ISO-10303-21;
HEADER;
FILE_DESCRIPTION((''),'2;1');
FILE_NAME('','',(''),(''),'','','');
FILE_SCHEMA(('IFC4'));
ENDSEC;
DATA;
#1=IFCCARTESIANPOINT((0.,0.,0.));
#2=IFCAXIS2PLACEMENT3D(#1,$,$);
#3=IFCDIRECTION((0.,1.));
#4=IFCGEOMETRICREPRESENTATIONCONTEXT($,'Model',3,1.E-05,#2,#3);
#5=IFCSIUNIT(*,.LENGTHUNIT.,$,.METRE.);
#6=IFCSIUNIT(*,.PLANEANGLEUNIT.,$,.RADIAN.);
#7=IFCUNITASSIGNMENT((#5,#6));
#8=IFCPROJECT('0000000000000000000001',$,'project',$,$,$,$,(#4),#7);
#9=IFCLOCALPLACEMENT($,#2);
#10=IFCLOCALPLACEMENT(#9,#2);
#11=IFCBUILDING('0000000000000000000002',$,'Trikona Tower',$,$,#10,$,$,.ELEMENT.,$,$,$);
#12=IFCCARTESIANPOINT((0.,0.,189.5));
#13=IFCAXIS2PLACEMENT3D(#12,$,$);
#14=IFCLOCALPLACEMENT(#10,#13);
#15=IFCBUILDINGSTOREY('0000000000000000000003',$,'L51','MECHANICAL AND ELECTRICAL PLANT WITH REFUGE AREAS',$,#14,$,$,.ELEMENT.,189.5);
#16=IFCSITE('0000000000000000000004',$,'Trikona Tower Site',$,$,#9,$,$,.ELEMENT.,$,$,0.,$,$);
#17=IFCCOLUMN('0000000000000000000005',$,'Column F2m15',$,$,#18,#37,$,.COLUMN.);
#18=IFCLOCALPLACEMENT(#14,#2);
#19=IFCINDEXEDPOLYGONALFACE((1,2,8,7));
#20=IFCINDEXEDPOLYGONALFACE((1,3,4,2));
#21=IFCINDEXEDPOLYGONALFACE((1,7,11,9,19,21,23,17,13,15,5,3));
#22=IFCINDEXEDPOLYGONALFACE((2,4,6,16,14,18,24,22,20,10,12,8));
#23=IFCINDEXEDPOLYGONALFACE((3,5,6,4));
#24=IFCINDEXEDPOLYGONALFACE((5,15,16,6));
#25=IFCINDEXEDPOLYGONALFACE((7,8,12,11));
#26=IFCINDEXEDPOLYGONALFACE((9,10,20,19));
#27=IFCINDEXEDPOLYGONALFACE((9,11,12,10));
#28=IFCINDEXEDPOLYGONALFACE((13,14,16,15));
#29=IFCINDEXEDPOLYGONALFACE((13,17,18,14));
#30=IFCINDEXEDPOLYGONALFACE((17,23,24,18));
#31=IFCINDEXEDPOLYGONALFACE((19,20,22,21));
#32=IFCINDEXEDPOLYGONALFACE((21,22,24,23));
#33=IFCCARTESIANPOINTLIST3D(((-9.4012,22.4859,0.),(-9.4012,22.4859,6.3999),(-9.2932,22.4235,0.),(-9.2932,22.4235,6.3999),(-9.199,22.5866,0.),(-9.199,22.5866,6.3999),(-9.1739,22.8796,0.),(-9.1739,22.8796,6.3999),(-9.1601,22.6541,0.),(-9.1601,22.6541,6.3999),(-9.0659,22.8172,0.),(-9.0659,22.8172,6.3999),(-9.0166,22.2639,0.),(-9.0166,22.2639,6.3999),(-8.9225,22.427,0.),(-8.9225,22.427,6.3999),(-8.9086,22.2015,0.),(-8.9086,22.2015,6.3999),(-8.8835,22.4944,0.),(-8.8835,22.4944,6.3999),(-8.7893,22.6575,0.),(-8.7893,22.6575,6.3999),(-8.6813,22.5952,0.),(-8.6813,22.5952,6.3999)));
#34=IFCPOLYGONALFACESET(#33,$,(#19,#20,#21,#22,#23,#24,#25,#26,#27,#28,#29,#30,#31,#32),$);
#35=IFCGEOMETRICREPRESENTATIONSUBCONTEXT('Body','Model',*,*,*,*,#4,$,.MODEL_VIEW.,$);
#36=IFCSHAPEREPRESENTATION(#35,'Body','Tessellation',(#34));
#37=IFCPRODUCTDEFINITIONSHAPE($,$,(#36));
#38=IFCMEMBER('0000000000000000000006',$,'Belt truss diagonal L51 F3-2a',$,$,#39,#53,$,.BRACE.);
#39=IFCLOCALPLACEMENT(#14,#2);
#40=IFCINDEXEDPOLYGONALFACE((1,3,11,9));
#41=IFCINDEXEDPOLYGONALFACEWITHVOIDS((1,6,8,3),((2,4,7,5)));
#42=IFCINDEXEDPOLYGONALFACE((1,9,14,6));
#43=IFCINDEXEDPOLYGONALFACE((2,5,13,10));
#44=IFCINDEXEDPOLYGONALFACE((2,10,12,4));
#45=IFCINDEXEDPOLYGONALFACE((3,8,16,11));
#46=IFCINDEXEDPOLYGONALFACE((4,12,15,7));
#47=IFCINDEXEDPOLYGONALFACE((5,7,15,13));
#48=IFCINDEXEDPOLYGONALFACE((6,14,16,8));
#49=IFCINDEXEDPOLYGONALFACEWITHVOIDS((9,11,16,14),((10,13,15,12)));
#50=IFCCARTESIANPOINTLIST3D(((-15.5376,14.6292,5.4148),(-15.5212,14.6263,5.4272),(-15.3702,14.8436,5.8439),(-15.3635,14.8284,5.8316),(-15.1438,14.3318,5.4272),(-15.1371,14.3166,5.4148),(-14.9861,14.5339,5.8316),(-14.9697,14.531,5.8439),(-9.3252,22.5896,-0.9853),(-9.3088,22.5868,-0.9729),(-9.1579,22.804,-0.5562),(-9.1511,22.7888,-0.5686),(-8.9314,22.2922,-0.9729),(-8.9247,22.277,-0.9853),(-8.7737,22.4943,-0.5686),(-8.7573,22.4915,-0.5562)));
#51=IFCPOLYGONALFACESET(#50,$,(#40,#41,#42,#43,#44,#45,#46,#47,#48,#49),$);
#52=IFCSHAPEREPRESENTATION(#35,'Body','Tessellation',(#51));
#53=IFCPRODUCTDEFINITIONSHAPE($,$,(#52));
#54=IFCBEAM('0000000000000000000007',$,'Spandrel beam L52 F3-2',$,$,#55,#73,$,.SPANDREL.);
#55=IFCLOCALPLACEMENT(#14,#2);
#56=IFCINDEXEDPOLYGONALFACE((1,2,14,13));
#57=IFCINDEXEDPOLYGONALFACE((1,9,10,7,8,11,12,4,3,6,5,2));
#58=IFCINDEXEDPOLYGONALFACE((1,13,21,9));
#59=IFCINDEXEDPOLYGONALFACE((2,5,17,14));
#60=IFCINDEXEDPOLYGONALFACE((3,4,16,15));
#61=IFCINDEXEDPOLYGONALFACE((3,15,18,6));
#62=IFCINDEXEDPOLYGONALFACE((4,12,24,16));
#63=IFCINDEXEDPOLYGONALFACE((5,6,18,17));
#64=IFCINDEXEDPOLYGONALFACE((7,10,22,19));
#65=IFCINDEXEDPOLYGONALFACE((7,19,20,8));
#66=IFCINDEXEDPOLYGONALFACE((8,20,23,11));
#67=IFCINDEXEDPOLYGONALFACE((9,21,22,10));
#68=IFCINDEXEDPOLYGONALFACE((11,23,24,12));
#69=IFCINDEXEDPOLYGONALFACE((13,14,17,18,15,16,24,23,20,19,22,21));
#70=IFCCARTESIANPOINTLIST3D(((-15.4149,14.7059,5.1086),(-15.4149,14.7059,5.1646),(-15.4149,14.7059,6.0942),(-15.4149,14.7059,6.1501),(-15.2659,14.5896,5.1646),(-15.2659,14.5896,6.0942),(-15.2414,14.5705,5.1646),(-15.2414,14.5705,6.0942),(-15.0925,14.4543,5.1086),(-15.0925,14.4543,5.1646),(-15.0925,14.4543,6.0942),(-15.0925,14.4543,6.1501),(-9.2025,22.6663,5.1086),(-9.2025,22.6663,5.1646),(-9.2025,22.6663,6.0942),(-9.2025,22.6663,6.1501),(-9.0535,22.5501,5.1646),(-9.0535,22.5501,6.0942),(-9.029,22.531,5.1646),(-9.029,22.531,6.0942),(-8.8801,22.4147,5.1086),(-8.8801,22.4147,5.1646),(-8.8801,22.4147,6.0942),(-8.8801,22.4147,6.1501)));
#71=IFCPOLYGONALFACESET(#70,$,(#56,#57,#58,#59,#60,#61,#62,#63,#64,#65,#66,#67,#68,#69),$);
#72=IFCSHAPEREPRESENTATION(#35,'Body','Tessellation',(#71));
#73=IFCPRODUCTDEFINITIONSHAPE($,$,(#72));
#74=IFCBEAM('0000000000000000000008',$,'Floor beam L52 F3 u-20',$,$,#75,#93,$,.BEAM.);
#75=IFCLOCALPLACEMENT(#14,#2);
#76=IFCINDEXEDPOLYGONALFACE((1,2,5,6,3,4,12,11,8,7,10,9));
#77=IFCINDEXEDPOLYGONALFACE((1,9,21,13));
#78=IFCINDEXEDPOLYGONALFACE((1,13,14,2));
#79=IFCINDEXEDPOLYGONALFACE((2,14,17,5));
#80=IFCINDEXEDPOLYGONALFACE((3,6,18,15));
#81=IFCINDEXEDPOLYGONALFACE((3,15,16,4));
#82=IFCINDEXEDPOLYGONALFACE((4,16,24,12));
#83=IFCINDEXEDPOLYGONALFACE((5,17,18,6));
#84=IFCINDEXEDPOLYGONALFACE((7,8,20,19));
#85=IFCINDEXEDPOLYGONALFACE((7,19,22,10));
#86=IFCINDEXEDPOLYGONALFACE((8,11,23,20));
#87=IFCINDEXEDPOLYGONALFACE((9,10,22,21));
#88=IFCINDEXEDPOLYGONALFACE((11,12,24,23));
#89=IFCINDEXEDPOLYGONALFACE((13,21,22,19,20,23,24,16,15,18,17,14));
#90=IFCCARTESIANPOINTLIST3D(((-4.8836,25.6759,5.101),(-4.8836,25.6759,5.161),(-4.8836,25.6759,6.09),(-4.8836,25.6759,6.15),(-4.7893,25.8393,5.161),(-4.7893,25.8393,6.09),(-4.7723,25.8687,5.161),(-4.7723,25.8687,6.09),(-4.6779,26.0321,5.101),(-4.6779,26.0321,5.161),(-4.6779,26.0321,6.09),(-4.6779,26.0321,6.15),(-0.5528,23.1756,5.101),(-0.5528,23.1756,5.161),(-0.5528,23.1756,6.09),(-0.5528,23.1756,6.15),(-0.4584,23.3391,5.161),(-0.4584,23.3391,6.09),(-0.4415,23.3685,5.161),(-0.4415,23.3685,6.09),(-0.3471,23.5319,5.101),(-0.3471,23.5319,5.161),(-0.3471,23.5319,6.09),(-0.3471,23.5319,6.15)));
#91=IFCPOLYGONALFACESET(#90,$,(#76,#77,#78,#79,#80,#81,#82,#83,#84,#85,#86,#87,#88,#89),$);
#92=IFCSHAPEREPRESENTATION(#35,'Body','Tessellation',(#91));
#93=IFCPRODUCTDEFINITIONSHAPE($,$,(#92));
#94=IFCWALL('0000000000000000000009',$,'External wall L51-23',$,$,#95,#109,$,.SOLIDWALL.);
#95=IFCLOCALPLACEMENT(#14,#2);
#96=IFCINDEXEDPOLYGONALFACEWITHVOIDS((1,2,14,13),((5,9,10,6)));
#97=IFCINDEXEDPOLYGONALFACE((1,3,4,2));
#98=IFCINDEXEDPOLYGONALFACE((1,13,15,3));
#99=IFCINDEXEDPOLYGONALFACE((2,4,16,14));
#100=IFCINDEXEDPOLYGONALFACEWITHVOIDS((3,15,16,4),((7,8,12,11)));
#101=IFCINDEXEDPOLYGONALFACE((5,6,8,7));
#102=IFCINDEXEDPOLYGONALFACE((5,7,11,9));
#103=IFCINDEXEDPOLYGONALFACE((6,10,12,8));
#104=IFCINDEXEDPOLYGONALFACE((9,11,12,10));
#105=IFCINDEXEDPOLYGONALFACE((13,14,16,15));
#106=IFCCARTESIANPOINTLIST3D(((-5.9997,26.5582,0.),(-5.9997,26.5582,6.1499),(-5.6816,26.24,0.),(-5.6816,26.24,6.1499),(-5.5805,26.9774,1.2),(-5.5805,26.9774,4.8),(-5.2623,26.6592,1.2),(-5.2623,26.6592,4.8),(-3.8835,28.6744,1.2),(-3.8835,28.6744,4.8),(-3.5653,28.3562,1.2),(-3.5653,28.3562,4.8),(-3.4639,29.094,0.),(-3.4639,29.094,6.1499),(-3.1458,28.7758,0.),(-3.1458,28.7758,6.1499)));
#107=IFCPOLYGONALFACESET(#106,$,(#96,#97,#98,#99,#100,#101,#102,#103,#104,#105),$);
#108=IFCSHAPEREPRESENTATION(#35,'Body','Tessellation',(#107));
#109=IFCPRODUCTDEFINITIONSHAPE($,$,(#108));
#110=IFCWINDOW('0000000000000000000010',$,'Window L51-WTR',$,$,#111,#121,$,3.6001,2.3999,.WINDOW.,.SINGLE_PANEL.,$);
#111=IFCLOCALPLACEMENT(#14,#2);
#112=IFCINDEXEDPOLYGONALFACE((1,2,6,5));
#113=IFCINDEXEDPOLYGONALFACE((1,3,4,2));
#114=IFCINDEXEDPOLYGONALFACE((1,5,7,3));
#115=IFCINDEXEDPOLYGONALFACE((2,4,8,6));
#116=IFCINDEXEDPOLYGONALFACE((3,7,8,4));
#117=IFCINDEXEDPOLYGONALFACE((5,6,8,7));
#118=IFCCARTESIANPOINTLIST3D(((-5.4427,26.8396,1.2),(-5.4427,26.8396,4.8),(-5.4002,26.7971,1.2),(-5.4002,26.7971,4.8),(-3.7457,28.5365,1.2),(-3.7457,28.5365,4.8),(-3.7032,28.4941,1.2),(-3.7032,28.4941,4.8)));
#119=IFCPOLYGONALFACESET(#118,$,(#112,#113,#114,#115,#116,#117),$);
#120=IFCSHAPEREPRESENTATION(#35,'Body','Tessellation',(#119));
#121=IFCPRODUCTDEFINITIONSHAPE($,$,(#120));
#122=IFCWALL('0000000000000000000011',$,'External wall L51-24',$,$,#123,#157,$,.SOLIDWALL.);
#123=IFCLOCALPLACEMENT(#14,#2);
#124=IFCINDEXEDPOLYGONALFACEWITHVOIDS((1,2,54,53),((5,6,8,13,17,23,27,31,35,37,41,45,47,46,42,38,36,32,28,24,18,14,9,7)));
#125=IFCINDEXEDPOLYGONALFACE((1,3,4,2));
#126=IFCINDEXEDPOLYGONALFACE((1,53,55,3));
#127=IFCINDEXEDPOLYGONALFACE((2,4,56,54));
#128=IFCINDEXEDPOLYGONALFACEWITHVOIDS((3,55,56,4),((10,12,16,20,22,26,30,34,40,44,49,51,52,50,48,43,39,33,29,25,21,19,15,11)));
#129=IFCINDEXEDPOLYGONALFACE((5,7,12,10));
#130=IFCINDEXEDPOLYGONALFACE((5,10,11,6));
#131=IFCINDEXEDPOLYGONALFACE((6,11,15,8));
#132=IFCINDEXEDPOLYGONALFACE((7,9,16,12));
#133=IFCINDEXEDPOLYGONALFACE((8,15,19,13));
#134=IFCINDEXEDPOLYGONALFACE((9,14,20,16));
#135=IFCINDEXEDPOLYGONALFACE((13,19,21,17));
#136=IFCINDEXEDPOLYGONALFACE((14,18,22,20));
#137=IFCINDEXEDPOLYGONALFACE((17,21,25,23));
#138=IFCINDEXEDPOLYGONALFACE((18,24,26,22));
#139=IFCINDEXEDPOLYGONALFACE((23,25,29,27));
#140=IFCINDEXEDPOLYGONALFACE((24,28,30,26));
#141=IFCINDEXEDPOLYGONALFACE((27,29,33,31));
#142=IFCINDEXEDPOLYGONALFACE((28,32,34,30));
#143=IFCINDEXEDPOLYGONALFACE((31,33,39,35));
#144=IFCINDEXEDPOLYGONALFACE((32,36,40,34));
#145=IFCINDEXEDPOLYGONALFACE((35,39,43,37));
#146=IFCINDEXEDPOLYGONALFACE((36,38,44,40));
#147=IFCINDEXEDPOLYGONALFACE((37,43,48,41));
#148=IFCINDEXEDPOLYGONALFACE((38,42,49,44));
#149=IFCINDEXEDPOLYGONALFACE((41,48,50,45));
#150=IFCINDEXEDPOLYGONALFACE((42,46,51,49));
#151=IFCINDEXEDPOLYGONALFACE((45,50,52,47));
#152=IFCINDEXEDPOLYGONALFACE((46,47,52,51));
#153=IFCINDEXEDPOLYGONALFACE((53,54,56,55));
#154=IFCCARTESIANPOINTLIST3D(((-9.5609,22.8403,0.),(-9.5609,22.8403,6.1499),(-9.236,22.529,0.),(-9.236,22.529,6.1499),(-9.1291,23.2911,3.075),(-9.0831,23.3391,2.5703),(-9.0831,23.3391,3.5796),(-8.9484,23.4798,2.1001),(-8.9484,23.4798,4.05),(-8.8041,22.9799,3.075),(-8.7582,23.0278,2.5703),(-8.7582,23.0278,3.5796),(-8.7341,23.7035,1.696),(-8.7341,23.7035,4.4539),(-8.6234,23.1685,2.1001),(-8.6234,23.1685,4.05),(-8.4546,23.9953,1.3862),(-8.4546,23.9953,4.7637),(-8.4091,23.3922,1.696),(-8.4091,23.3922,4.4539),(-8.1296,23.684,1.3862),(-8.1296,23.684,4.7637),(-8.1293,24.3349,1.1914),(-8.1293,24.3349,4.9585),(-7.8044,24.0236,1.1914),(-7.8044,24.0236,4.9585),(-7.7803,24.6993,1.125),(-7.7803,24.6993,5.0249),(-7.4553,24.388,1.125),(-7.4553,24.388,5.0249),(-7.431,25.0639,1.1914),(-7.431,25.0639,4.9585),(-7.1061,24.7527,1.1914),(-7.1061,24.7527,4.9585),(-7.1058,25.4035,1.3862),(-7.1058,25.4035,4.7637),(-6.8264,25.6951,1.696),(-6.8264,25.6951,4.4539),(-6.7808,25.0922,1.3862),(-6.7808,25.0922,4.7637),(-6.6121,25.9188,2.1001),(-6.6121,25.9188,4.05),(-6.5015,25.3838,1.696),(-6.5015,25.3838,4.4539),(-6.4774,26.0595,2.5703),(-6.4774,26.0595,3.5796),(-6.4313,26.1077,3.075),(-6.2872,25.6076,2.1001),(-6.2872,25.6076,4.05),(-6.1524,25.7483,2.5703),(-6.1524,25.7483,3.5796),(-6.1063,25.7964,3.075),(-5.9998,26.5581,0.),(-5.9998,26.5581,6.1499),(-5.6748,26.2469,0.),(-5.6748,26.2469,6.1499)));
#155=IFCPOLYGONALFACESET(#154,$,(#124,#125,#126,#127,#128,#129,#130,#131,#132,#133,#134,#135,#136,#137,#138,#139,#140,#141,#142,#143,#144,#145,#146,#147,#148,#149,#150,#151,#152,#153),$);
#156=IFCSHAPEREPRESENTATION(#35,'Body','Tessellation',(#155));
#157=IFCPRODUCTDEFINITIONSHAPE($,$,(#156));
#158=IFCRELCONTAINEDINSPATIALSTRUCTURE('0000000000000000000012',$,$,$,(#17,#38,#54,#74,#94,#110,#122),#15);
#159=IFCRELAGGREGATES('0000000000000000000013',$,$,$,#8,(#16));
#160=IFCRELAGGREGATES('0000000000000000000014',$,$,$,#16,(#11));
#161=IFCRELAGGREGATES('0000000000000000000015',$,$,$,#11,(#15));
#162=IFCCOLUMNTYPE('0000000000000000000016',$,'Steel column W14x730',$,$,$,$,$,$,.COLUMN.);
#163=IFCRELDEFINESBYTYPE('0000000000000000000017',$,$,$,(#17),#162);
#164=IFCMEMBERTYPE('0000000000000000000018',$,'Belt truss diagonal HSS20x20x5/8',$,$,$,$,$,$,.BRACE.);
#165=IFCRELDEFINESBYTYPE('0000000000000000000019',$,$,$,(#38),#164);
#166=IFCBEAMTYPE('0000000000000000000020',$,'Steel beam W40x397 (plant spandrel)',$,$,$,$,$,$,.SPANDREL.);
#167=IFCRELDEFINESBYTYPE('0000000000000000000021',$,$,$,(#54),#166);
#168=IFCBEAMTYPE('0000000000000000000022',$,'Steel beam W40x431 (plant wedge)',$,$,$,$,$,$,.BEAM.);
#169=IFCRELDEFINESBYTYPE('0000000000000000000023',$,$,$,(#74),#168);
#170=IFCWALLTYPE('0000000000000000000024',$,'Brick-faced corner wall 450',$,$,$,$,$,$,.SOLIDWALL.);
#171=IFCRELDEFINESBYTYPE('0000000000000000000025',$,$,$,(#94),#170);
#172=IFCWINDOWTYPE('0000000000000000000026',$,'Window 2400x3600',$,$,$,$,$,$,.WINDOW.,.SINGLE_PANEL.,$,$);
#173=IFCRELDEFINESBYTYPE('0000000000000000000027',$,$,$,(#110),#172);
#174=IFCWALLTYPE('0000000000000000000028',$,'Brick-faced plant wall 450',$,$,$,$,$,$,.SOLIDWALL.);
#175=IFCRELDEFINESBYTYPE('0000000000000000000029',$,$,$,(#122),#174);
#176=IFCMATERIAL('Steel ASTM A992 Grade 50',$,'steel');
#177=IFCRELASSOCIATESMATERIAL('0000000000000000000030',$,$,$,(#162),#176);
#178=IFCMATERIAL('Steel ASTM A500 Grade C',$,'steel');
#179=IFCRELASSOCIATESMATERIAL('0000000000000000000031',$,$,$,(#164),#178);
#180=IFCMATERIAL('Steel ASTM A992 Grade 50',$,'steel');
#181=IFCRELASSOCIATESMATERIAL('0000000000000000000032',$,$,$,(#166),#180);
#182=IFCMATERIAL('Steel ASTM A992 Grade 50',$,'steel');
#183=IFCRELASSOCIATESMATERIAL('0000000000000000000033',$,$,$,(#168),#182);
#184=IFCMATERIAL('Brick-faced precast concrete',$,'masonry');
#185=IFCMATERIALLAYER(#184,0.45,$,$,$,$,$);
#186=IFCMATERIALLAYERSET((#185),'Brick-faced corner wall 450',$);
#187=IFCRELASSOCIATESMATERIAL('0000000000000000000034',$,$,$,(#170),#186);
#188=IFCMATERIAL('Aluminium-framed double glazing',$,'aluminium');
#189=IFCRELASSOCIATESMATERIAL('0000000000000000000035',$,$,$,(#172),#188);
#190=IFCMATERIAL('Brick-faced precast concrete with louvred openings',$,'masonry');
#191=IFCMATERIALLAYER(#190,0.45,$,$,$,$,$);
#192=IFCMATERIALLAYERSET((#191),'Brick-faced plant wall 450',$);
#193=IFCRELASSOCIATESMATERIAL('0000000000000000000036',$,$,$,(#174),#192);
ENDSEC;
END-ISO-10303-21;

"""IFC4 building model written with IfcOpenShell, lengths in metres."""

from ifc_helpers import new_model, si_unit, direction, frame, frame_2d, origin, origin_2d, place, context, subcontext, project, spatial, polyline, rectangle, hollow_rectangle, i_section, outline, extrude, material, layer, layer_set, material_profile, profile_set, type_object, element, fill, save


model = new_model("IFC4")

# Units and contexts
model_context = context("Model", 3, precision=1e-05, world=origin(), true_north=direction((0.0, 1.0)))
body_context = subcontext(model_context, "Body", "Model", "MODEL_VIEW")
ifc_project = project(units=[si_unit("LENGTHUNIT", "METRE"), si_unit("PLANEANGLEUNIT", "RADIAN")], contexts=[model_context])

# Site, building, storey
site_placement = place(None, origin())
site = spatial("IfcSite", under=ifc_project, at=site_placement, Name="Trikona Tower Site", CompositionType="ELEMENT", RefElevation=0.0)
building_placement = place(site_placement, origin())
building = spatial("IfcBuilding", under=site, at=building_placement, Name="Trikona Tower", CompositionType="ELEMENT")
storey_placement = place(building_placement, frame((0.0, 0.0, 189.5)))
storey = spatial("IfcBuildingStorey", under=building, at=storey_placement, Name="L51", Description="MECHANICAL AND ELECTRICAL PLANT WITH REFUGE AREAS", CompositionType="ELEMENT", Elevation=189.5)

# Column
ifc_material_1 = material(Name="Steel ASTM A992 Grade 50", Category="steel")
ifc_material_profile_1 = material_profile(ifc_material_1, i_section(OverallWidth=0.4546, OverallDepth=0.5688, WebThickness=0.0779, FlangeThickness=0.1248, at=origin_2d()), Name="W14X730")
ifc_profile_set_1 = profile_set([ifc_material_profile_1], Name="Steel ASTM A992 Grade 50")
column_type = type_object("IfcColumnType", Name="Steel column W14x730", PredefinedType="COLUMN", material=ifc_profile_set_1)
column_placement = place(storey_placement, frame((-9.0413, 22.5405, 0.0), z_axis=(0.0, 0.0, 1.0), x_axis=(-0.5, -0.866025, 0.0)))
element("IfcColumn", 1, at=column_placement, inside=storey, type_object=column_type, Name="Column F2m15", PredefinedType="COLUMN", context=body_context, shape_type="SweptSolid", body=[
    extrude(i_section(OverallWidth=0.4546, OverallDepth=0.5688, WebThickness=0.0779, FlangeThickness=0.1248, at=origin_2d()), origin(), (0.0, 0.0, 1.0), 6.3999),
])

# Member
ifc_material_2 = material(Name="Steel ASTM A500 Grade C", Category="steel")
ifc_material_profile_2 = material_profile(ifc_material_2, hollow_rectangle(XDim=0.5081, YDim=0.5081, WallThickness=0.0146, at=origin_2d()), Name="HSS20X20X5/8")
ifc_profile_set_2 = profile_set([ifc_material_profile_2], Name="Steel ASTM A500 Grade C")
member_type = type_object("IfcMemberType", Name="Belt truss diagonal HSS20x20x5/8", PredefinedType="BRACE", material=ifc_profile_set_2)
member_placement = place(storey_placement, frame((-9.0413, 22.5405, -0.7708), z_axis=(-0.519644, -0.665862, 0.535348), x_axis=(0.788346, -0.615232, 0.0)))
element("IfcMember", 2, at=member_placement, inside=storey, type_object=member_type, Name="Belt truss diagonal L51 F3-2a", PredefinedType="BRACE", context=body_context, shape_type="SweptSolid", body=[
    extrude(hollow_rectangle(XDim=0.5081, YDim=0.5081, WallThickness=0.0146, at=origin_2d()), origin(), (0.0, 0.0, 1.0), 11.9551),
])

# Beams
ifc_material_3 = material(Name="Steel ASTM A992 Grade 50", Category="steel")
ifc_material_profile_3 = material_profile(ifc_material_3, i_section(OverallWidth=0.4089, OverallDepth=1.0415, WebThickness=0.031, FlangeThickness=0.0559, at=origin_2d()), Name="W40X397")
ifc_profile_set_3 = profile_set([ifc_material_profile_3], Name="Steel ASTM A992 Grade 50")
beam_type_1 = type_object("IfcBeamType", Name="Steel beam W40x397 (plant spandrel)", PredefinedType="SPANDREL", material=ifc_profile_set_3)
beam_1_placement = place(storey_placement, frame((-9.0413, 22.5405, 5.6294), z_axis=(-0.615232, -0.788346, 0.0), x_axis=(0.788346, -0.615232, 0.0)))
element("IfcBeam", 3, at=beam_1_placement, inside=storey, type_object=beam_type_1, Name="Spandrel beam L52 F3-2", PredefinedType="SPANDREL", context=body_context, shape_type="SweptSolid", body=[
    extrude(i_section(OverallWidth=0.4089, OverallDepth=1.0415, WebThickness=0.031, FlangeThickness=0.0559, at=origin_2d()), origin(), (0.0, 0.0, 1.0), 10.0977),
])
ifc_material_4 = material(Name="Steel ASTM A992 Grade 50", Category="steel")
ifc_material_profile_4 = material_profile(ifc_material_4, i_section(OverallWidth=0.4114, OverallDepth=1.0491, WebThickness=0.0339, FlangeThickness=0.0601, at=origin_2d()), Name="W40X431")
ifc_profile_set_4 = profile_set([ifc_material_profile_4], Name="Steel ASTM A992 Grade 50")
beam_type_2 = type_object("IfcBeamType", Name="Steel beam W40x431 (plant wedge)", PredefinedType="BEAM", material=ifc_profile_set_4)
beam_2_placement = place(storey_placement, frame((-0.45, 23.3538, 5.6255), z_axis=(-0.866038, 0.499977, 0.0), x_axis=(-0.499977, -0.866038, 0.0)))
element("IfcBeam", 4, at=beam_2_placement, inside=storey, type_object=beam_type_2, Name="Floor beam L52 F3 u-20", PredefinedType="BEAM", context=body_context, shape_type="SweptSolid", body=[
    extrude(i_section(OverallWidth=0.4114, OverallDepth=1.0491, WebThickness=0.0339, FlangeThickness=0.0601, at=origin_2d()), origin(), (0.0, 0.0, 1.0), 5.0007),
])

# Wall, opening, window
ifc_material_5 = material(Name="Brick-faced precast concrete", Category="masonry")
ifc_layer_1 = layer(ifc_material_5, 0.45)
ifc_layer_set_1 = layer_set([ifc_layer_1], Name="Brick-faced corner wall 450")
wall_type_1 = type_object("IfcWallType", Name="Brick-faced corner wall 450", PredefinedType="SOLIDWALL", material=ifc_layer_set_1)
wall_1_placement = place(storey_placement, frame((-3.3049, 28.9348, 0.0), z_axis=(0.0, 0.0, 1.0), x_axis=(-0.707107, -0.707107, 0.0)))
wall_1 = element("IfcWall", 5, at=wall_1_placement, inside=storey, type_object=wall_type_1, Name="External wall L51-23", PredefinedType="SOLIDWALL", context=body_context, shape_type="SweptSolid", body=[
    extrude(rectangle(XDim=3.5862, YDim=0.45, at=frame_2d((1.793, 0.0))), origin(), (0.0, 0.0, 1.0), 6.1499),
])
opening_1_placement = place(wall_1_placement, frame((0.5933, 0.0, 1.2)))
opening_1 = element("IfcOpeningElement", 6, at=opening_1_placement, cuts=wall_1, PredefinedType="OPENING", context=body_context, shape_type="SweptSolid", body=[
    extrude(rectangle(XDim=2.3999, YDim=3.6001, at=frame_2d((1.2, 1.8))), frame((0.0, 0.2349, 0.0), z_axis=(0.0, -1.0, 0.0), x_axis=(1.0, 0.0, 0.0)), (0.0, 0.0, 1.0), 0.47),
])
ifc_material_6 = material(Name="Aluminium-framed double glazing", Category="aluminium")
window_type = type_object("IfcWindowType", Name="Window 2400x3600", PartitioningType="SINGLE_PANEL", PredefinedType="WINDOW", material=ifc_material_6)
window_placement = place(opening_1_placement, origin())
window = element("IfcWindow", 7, at=window_placement, inside=storey, type_object=window_type, Name="Window L51-WTR", OverallHeight=3.6001, OverallWidth=2.3999, PartitioningType="SINGLE_PANEL", PredefinedType="WINDOW", context=body_context, shape_type="SweptSolid", body=[
    extrude(rectangle(XDim=2.3999, YDim=3.6001, at=frame_2d((1.2, 1.8))), frame((0.0, 0.03, 0.0), z_axis=(0.0, -1.0, 0.0), x_axis=(1.0, 0.0, 0.0)), (0.0, 0.0, 1.0), 0.0601),
])
fill(opening_1, window)

# Wall
ifc_material_7 = material(Name="Brick-faced precast concrete with louvred openings", Category="masonry")
ifc_layer_2 = layer(ifc_material_7, 0.45)
ifc_layer_set_2 = layer_set([ifc_layer_2], Name="Brick-faced plant wall 450")
wall_type_2 = type_object("IfcWallType", Name="Brick-faced plant wall 450", PredefinedType="SOLIDWALL", material=ifc_layer_set_2)
wall_2_placement = place(storey_placement, frame((-5.8374, 26.4026, 0.0), z_axis=(0.0, 0.0, 1.0), x_axis=(-0.69172, -0.722166, 0.0)))
element("IfcWall", 8, at=wall_2_placement, inside=storey, type_object=wall_type_2, Name="External wall L51-24", PredefinedType="SOLIDWALL", context=body_context, shape_type="SweptSolid", body=[
    extrude(outline(polyline([(0.0, 0.0), (5.1482, 0.0), (5.1482, 6.1499), (0.0, 6.1499), (0.0, 0.0)]), holes=[polyline([(4.5239, 3.075), (4.4575, 3.5796), (4.2627, 4.05), (3.9529, 4.4539), (3.5488, 4.7637), (3.0786, 4.9585), (2.574, 5.0249), (2.0691, 4.9585), (1.5989, 4.7637), (1.1951, 4.4539), (0.8853, 4.05), (0.6904, 3.5796), (0.6238, 3.075), (0.6904, 2.5703), (0.8853, 2.1001), (1.1951, 1.696), (1.5989, 1.3862), (2.0691, 1.1914), (2.574, 1.125), (3.0786, 1.1914), (3.5488, 1.3862), (3.9529, 1.696), (4.2627, 2.1001), (4.4575, 2.5703), (4.5239, 3.075)])]), frame((0.0, 0.2251, 0.0), z_axis=(0.0, -1.0, 0.0), x_axis=(1.0, 0.0, 0.0)), (0.0, 0.0, 1.0), 0.45),
])

save(model, "model.ifc")
